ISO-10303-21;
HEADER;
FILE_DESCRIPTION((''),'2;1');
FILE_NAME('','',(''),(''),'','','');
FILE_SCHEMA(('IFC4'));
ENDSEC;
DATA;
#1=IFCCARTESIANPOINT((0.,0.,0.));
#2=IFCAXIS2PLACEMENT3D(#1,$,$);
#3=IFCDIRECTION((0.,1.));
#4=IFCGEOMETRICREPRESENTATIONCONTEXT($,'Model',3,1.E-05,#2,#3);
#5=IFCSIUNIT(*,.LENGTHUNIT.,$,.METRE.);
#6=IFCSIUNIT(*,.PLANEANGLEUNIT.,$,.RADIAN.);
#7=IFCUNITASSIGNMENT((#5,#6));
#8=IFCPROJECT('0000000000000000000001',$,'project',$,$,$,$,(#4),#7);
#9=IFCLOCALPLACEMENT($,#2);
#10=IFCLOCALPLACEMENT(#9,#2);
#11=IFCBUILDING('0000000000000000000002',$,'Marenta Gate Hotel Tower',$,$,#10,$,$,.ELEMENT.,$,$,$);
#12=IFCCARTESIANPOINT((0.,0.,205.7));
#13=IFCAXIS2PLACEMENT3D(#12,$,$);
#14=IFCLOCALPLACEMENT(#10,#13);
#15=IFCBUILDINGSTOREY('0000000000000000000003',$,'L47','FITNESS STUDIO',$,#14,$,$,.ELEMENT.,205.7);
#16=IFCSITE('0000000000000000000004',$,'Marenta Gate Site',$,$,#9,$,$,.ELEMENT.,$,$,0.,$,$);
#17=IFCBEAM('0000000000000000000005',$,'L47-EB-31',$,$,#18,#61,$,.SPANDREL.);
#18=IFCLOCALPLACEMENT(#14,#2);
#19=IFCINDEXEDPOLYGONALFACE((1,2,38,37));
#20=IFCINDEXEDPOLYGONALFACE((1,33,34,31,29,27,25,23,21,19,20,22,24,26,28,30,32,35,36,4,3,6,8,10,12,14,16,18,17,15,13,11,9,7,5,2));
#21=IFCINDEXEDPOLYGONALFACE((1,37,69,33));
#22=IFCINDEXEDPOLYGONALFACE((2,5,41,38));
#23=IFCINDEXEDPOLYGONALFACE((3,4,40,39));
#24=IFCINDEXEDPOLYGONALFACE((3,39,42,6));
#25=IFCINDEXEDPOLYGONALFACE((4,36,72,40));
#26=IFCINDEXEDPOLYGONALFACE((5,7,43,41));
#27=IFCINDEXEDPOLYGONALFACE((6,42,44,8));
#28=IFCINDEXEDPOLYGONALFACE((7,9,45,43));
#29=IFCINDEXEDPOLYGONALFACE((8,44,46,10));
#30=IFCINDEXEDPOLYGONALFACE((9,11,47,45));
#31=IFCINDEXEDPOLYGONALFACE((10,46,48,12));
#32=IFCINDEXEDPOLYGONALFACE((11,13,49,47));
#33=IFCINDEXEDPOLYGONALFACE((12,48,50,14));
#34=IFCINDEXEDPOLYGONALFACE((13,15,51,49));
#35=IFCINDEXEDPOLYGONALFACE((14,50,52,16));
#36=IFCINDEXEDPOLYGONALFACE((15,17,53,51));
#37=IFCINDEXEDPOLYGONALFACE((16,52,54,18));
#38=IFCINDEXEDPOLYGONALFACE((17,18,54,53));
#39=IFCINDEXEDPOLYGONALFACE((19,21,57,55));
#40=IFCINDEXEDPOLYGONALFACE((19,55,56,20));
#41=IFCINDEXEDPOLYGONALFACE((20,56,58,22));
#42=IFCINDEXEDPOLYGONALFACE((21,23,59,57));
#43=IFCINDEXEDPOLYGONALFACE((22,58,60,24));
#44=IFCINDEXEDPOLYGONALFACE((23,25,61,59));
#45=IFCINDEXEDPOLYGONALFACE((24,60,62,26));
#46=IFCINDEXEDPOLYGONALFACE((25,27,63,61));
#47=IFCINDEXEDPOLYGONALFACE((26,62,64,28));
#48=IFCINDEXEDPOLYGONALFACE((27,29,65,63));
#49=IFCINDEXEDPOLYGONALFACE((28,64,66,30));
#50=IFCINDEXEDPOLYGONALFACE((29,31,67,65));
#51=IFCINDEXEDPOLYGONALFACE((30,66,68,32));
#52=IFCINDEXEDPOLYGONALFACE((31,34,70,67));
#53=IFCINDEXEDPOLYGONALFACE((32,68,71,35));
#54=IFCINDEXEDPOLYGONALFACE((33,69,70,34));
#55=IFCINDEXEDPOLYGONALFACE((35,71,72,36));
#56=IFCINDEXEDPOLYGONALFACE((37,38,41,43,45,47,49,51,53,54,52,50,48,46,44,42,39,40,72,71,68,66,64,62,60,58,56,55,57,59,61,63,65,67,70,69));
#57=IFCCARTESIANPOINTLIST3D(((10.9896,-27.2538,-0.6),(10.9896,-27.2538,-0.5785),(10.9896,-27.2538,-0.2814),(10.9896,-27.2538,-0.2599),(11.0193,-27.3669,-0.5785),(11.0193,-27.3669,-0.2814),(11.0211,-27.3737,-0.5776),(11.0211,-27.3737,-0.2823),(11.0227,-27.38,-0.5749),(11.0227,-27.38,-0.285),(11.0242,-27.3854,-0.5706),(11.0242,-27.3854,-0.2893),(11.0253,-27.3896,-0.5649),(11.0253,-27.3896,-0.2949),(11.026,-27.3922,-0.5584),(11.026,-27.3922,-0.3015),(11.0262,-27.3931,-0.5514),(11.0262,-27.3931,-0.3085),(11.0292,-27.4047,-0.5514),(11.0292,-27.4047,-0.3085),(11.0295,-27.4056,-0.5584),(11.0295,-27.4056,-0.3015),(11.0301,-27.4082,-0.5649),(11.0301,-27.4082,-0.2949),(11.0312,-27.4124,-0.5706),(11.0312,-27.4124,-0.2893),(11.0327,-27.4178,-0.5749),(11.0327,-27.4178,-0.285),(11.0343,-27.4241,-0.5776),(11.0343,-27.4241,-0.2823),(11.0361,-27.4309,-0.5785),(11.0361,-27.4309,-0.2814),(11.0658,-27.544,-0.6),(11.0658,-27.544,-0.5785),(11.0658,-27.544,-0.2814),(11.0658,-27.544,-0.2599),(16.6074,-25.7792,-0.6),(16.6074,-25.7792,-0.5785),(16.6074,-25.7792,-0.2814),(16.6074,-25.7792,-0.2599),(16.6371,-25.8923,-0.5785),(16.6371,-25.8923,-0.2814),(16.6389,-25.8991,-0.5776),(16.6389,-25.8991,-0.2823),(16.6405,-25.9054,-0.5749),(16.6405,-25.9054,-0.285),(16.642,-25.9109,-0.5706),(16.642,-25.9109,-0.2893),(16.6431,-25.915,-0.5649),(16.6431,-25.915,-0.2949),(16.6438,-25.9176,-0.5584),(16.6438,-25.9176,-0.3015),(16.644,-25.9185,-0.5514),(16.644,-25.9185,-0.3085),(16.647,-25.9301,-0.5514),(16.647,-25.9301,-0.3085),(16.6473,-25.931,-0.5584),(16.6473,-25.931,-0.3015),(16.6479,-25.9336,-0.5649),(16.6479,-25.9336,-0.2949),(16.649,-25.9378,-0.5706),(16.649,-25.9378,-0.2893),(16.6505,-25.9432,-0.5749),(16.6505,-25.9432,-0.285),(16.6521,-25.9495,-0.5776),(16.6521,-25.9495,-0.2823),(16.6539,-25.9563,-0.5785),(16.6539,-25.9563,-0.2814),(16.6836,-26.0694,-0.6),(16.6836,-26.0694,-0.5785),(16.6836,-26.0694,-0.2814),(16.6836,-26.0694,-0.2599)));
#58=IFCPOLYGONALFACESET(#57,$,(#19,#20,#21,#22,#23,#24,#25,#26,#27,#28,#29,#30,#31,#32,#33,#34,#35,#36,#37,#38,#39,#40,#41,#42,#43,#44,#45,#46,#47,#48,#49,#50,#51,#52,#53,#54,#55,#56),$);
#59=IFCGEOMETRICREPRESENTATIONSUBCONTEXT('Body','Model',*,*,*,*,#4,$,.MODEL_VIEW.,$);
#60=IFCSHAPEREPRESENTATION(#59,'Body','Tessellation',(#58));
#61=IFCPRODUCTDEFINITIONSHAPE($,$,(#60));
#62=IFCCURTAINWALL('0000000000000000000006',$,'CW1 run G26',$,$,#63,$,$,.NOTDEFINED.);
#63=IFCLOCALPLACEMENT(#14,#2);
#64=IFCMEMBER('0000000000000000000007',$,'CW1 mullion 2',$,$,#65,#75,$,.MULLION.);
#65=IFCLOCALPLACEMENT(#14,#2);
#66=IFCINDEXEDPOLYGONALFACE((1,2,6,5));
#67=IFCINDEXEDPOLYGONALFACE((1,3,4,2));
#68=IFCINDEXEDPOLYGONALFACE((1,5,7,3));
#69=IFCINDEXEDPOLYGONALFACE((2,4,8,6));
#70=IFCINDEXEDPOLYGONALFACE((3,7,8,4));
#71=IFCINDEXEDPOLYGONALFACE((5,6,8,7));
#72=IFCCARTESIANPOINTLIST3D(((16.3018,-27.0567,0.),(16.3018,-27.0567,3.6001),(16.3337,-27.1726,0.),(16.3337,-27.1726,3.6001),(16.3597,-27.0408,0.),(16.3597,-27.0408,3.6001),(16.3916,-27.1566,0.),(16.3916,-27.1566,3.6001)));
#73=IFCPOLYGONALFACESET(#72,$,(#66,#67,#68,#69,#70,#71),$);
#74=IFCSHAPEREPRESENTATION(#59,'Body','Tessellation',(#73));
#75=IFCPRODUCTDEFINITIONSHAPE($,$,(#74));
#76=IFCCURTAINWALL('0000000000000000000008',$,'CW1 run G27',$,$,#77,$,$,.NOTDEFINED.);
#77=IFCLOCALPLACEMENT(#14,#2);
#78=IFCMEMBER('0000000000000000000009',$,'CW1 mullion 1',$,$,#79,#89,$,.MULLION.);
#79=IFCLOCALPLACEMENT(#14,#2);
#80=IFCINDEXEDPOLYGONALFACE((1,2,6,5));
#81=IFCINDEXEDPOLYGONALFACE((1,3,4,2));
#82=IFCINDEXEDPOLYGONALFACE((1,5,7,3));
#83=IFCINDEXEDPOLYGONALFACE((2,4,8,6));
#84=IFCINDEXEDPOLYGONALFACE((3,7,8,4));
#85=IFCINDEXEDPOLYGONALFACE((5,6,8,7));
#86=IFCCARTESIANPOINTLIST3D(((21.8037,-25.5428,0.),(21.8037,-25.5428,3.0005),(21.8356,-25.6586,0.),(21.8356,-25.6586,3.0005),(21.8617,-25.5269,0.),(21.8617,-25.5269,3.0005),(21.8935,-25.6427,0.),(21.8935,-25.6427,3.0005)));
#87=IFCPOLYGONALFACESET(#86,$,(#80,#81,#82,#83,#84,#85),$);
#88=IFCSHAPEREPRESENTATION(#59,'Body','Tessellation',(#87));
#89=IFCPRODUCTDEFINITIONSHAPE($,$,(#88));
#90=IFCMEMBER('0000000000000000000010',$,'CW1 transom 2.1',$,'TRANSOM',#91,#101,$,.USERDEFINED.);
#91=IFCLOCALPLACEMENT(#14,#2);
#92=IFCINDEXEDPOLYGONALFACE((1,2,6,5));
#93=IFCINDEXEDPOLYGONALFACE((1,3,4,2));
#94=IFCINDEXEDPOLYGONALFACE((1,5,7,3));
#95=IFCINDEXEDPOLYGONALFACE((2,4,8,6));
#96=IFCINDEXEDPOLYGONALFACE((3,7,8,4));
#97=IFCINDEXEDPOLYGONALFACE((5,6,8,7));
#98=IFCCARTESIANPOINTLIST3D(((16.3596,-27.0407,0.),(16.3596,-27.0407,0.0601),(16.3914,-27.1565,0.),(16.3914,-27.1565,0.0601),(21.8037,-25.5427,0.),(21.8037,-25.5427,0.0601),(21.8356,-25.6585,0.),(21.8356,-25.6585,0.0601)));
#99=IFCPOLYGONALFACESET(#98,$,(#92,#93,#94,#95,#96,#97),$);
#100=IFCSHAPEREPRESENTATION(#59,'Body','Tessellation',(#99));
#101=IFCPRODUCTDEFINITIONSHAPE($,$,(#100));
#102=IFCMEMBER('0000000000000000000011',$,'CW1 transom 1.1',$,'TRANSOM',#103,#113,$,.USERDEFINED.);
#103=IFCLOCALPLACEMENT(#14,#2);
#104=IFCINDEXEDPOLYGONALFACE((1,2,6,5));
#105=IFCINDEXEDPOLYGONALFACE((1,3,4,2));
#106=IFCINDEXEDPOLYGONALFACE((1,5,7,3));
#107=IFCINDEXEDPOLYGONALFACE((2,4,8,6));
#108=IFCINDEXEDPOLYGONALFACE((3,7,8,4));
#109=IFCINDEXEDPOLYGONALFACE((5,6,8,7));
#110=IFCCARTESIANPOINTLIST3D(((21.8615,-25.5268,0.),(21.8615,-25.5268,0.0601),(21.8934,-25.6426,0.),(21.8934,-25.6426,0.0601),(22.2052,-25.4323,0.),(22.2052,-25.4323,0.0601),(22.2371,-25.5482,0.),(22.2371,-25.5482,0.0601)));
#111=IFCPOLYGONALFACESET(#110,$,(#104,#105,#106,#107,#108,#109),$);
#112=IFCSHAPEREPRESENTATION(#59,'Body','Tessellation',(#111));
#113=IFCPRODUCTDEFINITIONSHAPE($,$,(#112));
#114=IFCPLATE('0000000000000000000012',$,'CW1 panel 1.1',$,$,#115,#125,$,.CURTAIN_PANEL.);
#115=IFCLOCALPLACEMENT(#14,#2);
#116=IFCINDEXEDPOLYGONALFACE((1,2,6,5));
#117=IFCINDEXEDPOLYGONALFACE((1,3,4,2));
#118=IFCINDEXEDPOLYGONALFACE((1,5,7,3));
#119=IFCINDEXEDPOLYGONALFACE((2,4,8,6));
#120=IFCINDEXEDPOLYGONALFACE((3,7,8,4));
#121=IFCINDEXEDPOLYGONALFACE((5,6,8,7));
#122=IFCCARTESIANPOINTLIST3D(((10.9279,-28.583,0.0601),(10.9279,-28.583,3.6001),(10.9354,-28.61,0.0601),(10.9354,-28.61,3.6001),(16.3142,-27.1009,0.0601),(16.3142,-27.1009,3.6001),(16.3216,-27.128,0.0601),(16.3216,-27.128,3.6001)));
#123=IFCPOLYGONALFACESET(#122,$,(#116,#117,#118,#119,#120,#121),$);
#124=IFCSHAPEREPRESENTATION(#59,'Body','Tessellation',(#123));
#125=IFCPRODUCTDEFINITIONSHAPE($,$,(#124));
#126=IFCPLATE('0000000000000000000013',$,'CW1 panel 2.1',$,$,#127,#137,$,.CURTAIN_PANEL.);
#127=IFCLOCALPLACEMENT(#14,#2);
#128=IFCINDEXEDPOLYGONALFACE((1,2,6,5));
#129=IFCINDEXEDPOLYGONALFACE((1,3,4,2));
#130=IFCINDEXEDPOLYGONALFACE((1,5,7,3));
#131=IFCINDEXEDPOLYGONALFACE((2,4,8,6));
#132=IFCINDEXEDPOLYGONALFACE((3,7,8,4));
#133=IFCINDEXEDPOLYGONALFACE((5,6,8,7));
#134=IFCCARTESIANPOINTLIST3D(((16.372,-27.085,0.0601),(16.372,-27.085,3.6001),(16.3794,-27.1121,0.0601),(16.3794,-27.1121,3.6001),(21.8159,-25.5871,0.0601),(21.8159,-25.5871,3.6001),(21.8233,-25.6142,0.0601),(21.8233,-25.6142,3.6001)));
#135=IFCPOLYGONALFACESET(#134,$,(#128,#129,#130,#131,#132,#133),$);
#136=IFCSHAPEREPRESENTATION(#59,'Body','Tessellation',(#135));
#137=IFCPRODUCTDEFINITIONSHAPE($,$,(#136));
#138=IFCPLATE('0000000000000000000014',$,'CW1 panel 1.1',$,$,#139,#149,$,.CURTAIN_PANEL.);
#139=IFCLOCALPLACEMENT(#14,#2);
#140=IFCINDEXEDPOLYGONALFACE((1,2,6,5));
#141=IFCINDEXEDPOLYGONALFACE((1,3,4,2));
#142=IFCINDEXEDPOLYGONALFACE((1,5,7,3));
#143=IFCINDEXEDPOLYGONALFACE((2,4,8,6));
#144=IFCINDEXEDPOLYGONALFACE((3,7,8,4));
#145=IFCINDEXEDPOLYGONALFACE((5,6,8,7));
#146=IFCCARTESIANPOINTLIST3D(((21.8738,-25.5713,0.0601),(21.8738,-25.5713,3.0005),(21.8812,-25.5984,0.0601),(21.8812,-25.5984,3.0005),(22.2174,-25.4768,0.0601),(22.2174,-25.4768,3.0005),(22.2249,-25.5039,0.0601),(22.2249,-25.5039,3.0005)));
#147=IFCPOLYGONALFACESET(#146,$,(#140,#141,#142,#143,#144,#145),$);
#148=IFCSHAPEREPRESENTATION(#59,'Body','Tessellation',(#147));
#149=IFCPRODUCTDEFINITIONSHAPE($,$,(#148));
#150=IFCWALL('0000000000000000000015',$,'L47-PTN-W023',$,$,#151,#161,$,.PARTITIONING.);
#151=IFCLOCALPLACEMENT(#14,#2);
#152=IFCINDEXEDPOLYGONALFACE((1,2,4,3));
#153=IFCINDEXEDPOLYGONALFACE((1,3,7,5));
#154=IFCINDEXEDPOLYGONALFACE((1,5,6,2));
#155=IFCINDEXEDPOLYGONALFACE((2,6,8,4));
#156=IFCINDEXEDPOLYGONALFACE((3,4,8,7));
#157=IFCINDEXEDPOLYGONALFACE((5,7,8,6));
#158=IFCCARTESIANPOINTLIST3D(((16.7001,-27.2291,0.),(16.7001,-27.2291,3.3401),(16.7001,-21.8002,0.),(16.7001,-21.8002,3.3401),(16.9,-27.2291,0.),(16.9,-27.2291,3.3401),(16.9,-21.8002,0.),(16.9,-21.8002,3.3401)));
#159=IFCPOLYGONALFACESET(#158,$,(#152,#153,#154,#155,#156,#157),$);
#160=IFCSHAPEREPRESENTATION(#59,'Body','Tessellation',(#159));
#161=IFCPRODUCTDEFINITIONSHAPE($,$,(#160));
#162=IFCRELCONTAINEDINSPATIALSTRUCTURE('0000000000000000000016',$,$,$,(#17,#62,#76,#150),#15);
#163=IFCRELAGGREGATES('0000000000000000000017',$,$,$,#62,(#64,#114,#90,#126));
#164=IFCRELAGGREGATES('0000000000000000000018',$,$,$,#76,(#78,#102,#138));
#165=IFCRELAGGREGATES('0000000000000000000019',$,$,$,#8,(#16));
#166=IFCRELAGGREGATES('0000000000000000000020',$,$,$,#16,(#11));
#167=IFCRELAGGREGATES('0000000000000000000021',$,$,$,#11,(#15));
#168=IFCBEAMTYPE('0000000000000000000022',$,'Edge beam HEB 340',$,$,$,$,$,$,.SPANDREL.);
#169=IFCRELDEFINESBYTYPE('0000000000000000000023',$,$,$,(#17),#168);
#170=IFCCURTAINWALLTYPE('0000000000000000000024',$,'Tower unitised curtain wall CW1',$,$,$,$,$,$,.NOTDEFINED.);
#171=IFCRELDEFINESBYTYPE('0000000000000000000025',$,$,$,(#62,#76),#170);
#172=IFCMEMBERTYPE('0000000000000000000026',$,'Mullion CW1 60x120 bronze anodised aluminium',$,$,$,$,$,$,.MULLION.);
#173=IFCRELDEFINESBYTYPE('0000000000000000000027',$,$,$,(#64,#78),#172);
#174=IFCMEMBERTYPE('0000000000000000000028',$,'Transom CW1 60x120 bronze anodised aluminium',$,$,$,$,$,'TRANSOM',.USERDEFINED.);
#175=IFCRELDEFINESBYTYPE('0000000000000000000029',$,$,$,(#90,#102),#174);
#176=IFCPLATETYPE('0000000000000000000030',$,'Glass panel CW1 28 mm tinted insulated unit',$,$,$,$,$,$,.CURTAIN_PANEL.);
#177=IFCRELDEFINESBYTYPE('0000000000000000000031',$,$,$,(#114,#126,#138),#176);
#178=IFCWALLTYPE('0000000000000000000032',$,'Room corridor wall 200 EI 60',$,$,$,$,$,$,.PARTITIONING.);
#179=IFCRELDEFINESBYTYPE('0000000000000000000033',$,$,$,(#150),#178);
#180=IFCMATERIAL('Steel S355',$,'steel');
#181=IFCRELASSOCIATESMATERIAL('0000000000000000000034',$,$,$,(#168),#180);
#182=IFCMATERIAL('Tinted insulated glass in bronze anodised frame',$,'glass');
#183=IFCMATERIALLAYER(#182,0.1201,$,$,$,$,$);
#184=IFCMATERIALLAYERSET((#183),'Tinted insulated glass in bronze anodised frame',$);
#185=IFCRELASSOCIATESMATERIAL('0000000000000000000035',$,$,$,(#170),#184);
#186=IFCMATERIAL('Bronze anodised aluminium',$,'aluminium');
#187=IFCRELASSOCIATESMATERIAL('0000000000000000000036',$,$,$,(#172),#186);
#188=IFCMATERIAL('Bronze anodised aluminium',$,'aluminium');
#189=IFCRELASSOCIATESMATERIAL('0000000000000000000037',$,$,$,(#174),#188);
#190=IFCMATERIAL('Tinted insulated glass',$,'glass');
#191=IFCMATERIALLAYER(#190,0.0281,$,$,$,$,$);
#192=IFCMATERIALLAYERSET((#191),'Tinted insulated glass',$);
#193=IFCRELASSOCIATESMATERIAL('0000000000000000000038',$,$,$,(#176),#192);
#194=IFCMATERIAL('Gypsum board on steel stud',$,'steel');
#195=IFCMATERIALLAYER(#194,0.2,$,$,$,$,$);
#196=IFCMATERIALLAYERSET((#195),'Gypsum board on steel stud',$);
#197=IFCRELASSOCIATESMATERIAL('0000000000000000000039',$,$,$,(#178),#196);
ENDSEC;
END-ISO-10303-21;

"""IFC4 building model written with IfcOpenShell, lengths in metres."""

from ifc_helpers import new_model, si_unit, direction, frame, frame_2d, origin, origin_2d, place, context, subcontext, project, spatial, rectangle, i_section, extrude, material, layer, layer_set, material_profile, profile_set, type_object, element, aggregate, save


model = new_model("IFC4")

# Units and contexts
model_context = context("Model", 3, precision=1e-05, world=origin(), true_north=direction((0.0, 1.0)))
body_context = subcontext(model_context, "Body", "Model", "MODEL_VIEW")
ifc_project = project(units=[si_unit("LENGTHUNIT", "METRE"), si_unit("PLANEANGLEUNIT", "RADIAN")], contexts=[model_context])

# Site, building, storey
site_placement = place(None, origin())
site = spatial("IfcSite", under=ifc_project, at=site_placement, Name="Marenta Gate Site", CompositionType="ELEMENT", RefElevation=0.0)
building_placement = place(site_placement, origin())
building = spatial("IfcBuilding", under=site, at=building_placement, Name="Marenta Gate Hotel Tower", CompositionType="ELEMENT")
storey_placement = place(building_placement, frame((0.0, 0.0, 205.7)))
storey = spatial("IfcBuildingStorey", under=building, at=storey_placement, Name="L47", Description="FITNESS STUDIO", CompositionType="ELEMENT", Elevation=205.7)

# Beam
ifc_material_1 = material(Name="Steel S355", Category="steel")
ifc_material_profile_1 = material_profile(ifc_material_1, i_section(OverallWidth=0.3, OverallDepth=0.3401, WebThickness=0.012, FlangeThickness=0.0215, FilletRadius=0.0271, at=origin_2d()), Name="HEB 340")
ifc_profile_set_1 = profile_set([ifc_material_profile_1], Name="Steel S355")
beam_type = type_object("IfcBeamType", Name="Edge beam HEB 340", PredefinedType="SPANDREL", material=ifc_profile_set_1)
beam_1_placement = place(storey_placement, frame((16.6455, -25.9243, -0.4299), z_axis=(-0.967235, -0.253883, 0.0), x_axis=(0.253883, -0.967235, 0.0)))
element("IfcBeam", 1, at=beam_1_placement, inside=storey, type_object=beam_type, Name="L47-EB-31", PredefinedType="SPANDREL", context=body_context, shape_type="SweptSolid", body=[
    extrude(i_section(OverallWidth=0.3, OverallDepth=0.3401, WebThickness=0.012, FlangeThickness=0.0215, FilletRadius=0.0271, at=origin_2d()), origin(), (0.0, 0.0, 1.0), 5.8081),
])

# Curtain walls, members
ifc_material_2 = material(Name="Tinted insulated glass in bronze anodised frame", Category="glass")
ifc_layer_1 = layer(ifc_material_2, 0.1201)
ifc_layer_set_1 = layer_set([ifc_layer_1], Name="Tinted insulated glass in bronze anodised frame")
curtain_wall_type = type_object("IfcCurtainWallType", Name="Tower unitised curtain wall CW1", PredefinedType="NOTDEFINED", material=ifc_layer_set_1)
curtain_wall_1_placement = place(storey_placement, origin())
curtain_wall_1 = element("IfcCurtainWall", 2, at=curtain_wall_1_placement, inside=storey, type_object=curtain_wall_type, Name="CW1 run G26", PredefinedType="NOTDEFINED")
ifc_material_3 = material(Name="Bronze anodised aluminium", Category="aluminium")
ifc_material_profile_2 = material_profile(ifc_material_3, rectangle(XDim=0.1201, YDim=0.0601, at=origin_2d()), Name="Mullion CW1 60x120 bronze anodised aluminium")
ifc_profile_set_2 = profile_set([ifc_material_profile_2], Name="Bronze anodised aluminium")
member_type_1 = type_object("IfcMemberType", Name="Mullion CW1 60x120 bronze anodised aluminium", PredefinedType="MULLION", material=ifc_profile_set_2)
member_1_placement = place(storey_placement, frame((16.3467, -27.1067, 0.0), z_axis=(0.0, 0.0, 1.0), x_axis=(-0.265294, 0.964168, 0.0)))
member_1 = element("IfcMember", 3, at=member_1_placement, type_object=member_type_1, Name="CW1 mullion 2", PredefinedType="MULLION", context=body_context, shape_type="SweptSolid", body=[
    extrude(rectangle(XDim=0.1201, YDim=0.0601, at=origin_2d()), origin(), (0.0, 0.0, 1.0), 3.6001),
])
curtain_wall_2_placement = place(storey_placement, origin())
curtain_wall_2 = element("IfcCurtainWall", 4, at=curtain_wall_2_placement, inside=storey, type_object=curtain_wall_type, Name="CW1 run G27", PredefinedType="NOTDEFINED")
member_2_placement = place(storey_placement, frame((21.8486, -25.5928, 0.0), z_axis=(0.0, 0.0, 1.0), x_axis=(-0.265283, 0.964171, 0.0)))
member_2 = element("IfcMember", 5, at=member_2_placement, type_object=member_type_1, Name="CW1 mullion 1", PredefinedType="MULLION", context=body_context, shape_type="SweptSolid", body=[
    extrude(rectangle(XDim=0.1201, YDim=0.0601, at=origin_2d()), origin(), (0.0, 0.0, 1.0), 3.0005),
])

# Members
ifc_material_4 = material(Name="Bronze anodised aluminium", Category="aluminium")
ifc_material_profile_3 = material_profile(ifc_material_4, rectangle(XDim=0.1201, YDim=0.0601, at=origin_2d()), Name="Transom CW1 60x120 bronze anodised aluminium")
ifc_profile_set_3 = profile_set([ifc_material_profile_3], Name="Bronze anodised aluminium")
member_type_2 = type_object("IfcMemberType", Name="Transom CW1 60x120 bronze anodised aluminium", ElementType="TRANSOM", PredefinedType="USERDEFINED", material=ifc_profile_set_3)
member_3_placement = place(storey_placement, frame((16.3755, -27.0986, 0.03), z_axis=(0.964164, 0.265308, 0.0), x_axis=(-0.265308, 0.964164, 0.0)))
member_3 = element("IfcMember", 6, at=member_3_placement, type_object=member_type_2, Name="CW1 transom 2.1", ObjectType="TRANSOM", PredefinedType="USERDEFINED", context=body_context, shape_type="SweptSolid", body=[
    extrude(rectangle(XDim=0.1201, YDim=0.0601, at=origin_2d()), origin(), (0.0, 0.0, 1.0), 5.6465),
])
member_4_placement = place(storey_placement, frame((21.8774, -25.5847, 0.03), z_axis=(0.96424, 0.265029, 0.0), x_axis=(-0.265029, 0.96424, 0.0)))
member_4 = element("IfcMember", 7, at=member_4_placement, type_object=member_type_2, Name="CW1 transom 1.1", ObjectType="TRANSOM", PredefinedType="USERDEFINED", context=body_context, shape_type="SweptSolid", body=[
    extrude(rectangle(XDim=0.1201, YDim=0.0601, at=origin_2d()), origin(), (0.0, 0.0, 1.0), 0.3564),
])

# Plates
ifc_material_5 = material(Name="Tinted insulated glass", Category="glass")
ifc_layer_2 = layer(ifc_material_5, 0.0281)
ifc_layer_set_2 = layer_set([ifc_layer_2], Name="Tinted insulated glass")
plate_type = type_object("IfcPlateType", Name="Glass panel CW1 28 mm tinted insulated unit", PredefinedType="CURTAIN_PANEL", material=ifc_layer_set_2)
plate_1_placement = place(storey_placement, frame((13.6248, -27.8555, 0.0601), z_axis=(0.0, 0.0, 1.0), x_axis=(0.964168, 0.265294, 0.0)))
plate_1 = element("IfcPlate", 8, at=plate_1_placement, type_object=plate_type, Name="CW1 panel 1.1", PredefinedType="CURTAIN_PANEL", context=body_context, shape_type="SweptSolid", body=[
    extrude(rectangle(XDim=5.5864, YDim=0.0281, at=origin_2d()), origin(), (0.0, 0.0, 1.0), 3.54),
])
plate_2_placement = place(storey_placement, frame((19.0977, -26.3496, 0.0601), z_axis=(0.0, 0.0, 1.0), x_axis=(0.964168, 0.265294, 0.0)))
plate_2 = element("IfcPlate", 9, at=plate_2_placement, type_object=plate_type, Name="CW1 panel 2.1", PredefinedType="CURTAIN_PANEL", context=body_context, shape_type="SweptSolid", body=[
    extrude(rectangle(XDim=5.6462, YDim=0.0281, at=origin_2d()), origin(), (0.0, 0.0, 1.0), 3.54),
])
aggregate(curtain_wall_1, [member_1, plate_1, member_3, plate_2])
plate_3_placement = place(storey_placement, frame((22.0493, -25.5376, 0.0601), z_axis=(0.0, 0.0, 1.0), x_axis=(0.964171, 0.265283, 0.0)))
plate_3 = element("IfcPlate", 10, at=plate_3_placement, type_object=plate_type, Name="CW1 panel 1.1", PredefinedType="CURTAIN_PANEL", context=body_context, shape_type="SweptSolid", body=[
    extrude(rectangle(XDim=0.3564, YDim=0.0281, at=origin_2d()), origin(), (0.0, 0.0, 1.0), 2.9404),
])
aggregate(curtain_wall_2, [member_2, member_4, plate_3])

# Shared definitions
ifc_material_6 = material(Name="Gypsum board on steel stud", Category="steel")
ifc_layer_3 = layer(ifc_material_6, 0.2)
ifc_layer_set_3 = layer_set([ifc_layer_3], Name="Gypsum board on steel stud")
wall_type_1 = type_object("IfcWallType", Name="Room corridor wall 200 EI 60", PredefinedType="PARTITIONING", material=ifc_layer_set_3)

# Wall
wall_1_placement = place(storey_placement, frame((16.8, -27.229, 0.0), z_axis=(0.0, 0.0, 1.0), x_axis=(0.0, 1.0, 0.0)))
element("IfcWall", 11, at=wall_1_placement, inside=storey, type_object=wall_type_1, Name="L47-PTN-W023", PredefinedType="PARTITIONING", context=body_context, shape_type="SweptSolid", body=[
    extrude(rectangle(XDim=5.429, YDim=0.2, at=frame_2d((2.7144, 0.0))), origin(), (0.0, 0.0, 1.0), 3.3401),
])

save(model, "model.ifc")
